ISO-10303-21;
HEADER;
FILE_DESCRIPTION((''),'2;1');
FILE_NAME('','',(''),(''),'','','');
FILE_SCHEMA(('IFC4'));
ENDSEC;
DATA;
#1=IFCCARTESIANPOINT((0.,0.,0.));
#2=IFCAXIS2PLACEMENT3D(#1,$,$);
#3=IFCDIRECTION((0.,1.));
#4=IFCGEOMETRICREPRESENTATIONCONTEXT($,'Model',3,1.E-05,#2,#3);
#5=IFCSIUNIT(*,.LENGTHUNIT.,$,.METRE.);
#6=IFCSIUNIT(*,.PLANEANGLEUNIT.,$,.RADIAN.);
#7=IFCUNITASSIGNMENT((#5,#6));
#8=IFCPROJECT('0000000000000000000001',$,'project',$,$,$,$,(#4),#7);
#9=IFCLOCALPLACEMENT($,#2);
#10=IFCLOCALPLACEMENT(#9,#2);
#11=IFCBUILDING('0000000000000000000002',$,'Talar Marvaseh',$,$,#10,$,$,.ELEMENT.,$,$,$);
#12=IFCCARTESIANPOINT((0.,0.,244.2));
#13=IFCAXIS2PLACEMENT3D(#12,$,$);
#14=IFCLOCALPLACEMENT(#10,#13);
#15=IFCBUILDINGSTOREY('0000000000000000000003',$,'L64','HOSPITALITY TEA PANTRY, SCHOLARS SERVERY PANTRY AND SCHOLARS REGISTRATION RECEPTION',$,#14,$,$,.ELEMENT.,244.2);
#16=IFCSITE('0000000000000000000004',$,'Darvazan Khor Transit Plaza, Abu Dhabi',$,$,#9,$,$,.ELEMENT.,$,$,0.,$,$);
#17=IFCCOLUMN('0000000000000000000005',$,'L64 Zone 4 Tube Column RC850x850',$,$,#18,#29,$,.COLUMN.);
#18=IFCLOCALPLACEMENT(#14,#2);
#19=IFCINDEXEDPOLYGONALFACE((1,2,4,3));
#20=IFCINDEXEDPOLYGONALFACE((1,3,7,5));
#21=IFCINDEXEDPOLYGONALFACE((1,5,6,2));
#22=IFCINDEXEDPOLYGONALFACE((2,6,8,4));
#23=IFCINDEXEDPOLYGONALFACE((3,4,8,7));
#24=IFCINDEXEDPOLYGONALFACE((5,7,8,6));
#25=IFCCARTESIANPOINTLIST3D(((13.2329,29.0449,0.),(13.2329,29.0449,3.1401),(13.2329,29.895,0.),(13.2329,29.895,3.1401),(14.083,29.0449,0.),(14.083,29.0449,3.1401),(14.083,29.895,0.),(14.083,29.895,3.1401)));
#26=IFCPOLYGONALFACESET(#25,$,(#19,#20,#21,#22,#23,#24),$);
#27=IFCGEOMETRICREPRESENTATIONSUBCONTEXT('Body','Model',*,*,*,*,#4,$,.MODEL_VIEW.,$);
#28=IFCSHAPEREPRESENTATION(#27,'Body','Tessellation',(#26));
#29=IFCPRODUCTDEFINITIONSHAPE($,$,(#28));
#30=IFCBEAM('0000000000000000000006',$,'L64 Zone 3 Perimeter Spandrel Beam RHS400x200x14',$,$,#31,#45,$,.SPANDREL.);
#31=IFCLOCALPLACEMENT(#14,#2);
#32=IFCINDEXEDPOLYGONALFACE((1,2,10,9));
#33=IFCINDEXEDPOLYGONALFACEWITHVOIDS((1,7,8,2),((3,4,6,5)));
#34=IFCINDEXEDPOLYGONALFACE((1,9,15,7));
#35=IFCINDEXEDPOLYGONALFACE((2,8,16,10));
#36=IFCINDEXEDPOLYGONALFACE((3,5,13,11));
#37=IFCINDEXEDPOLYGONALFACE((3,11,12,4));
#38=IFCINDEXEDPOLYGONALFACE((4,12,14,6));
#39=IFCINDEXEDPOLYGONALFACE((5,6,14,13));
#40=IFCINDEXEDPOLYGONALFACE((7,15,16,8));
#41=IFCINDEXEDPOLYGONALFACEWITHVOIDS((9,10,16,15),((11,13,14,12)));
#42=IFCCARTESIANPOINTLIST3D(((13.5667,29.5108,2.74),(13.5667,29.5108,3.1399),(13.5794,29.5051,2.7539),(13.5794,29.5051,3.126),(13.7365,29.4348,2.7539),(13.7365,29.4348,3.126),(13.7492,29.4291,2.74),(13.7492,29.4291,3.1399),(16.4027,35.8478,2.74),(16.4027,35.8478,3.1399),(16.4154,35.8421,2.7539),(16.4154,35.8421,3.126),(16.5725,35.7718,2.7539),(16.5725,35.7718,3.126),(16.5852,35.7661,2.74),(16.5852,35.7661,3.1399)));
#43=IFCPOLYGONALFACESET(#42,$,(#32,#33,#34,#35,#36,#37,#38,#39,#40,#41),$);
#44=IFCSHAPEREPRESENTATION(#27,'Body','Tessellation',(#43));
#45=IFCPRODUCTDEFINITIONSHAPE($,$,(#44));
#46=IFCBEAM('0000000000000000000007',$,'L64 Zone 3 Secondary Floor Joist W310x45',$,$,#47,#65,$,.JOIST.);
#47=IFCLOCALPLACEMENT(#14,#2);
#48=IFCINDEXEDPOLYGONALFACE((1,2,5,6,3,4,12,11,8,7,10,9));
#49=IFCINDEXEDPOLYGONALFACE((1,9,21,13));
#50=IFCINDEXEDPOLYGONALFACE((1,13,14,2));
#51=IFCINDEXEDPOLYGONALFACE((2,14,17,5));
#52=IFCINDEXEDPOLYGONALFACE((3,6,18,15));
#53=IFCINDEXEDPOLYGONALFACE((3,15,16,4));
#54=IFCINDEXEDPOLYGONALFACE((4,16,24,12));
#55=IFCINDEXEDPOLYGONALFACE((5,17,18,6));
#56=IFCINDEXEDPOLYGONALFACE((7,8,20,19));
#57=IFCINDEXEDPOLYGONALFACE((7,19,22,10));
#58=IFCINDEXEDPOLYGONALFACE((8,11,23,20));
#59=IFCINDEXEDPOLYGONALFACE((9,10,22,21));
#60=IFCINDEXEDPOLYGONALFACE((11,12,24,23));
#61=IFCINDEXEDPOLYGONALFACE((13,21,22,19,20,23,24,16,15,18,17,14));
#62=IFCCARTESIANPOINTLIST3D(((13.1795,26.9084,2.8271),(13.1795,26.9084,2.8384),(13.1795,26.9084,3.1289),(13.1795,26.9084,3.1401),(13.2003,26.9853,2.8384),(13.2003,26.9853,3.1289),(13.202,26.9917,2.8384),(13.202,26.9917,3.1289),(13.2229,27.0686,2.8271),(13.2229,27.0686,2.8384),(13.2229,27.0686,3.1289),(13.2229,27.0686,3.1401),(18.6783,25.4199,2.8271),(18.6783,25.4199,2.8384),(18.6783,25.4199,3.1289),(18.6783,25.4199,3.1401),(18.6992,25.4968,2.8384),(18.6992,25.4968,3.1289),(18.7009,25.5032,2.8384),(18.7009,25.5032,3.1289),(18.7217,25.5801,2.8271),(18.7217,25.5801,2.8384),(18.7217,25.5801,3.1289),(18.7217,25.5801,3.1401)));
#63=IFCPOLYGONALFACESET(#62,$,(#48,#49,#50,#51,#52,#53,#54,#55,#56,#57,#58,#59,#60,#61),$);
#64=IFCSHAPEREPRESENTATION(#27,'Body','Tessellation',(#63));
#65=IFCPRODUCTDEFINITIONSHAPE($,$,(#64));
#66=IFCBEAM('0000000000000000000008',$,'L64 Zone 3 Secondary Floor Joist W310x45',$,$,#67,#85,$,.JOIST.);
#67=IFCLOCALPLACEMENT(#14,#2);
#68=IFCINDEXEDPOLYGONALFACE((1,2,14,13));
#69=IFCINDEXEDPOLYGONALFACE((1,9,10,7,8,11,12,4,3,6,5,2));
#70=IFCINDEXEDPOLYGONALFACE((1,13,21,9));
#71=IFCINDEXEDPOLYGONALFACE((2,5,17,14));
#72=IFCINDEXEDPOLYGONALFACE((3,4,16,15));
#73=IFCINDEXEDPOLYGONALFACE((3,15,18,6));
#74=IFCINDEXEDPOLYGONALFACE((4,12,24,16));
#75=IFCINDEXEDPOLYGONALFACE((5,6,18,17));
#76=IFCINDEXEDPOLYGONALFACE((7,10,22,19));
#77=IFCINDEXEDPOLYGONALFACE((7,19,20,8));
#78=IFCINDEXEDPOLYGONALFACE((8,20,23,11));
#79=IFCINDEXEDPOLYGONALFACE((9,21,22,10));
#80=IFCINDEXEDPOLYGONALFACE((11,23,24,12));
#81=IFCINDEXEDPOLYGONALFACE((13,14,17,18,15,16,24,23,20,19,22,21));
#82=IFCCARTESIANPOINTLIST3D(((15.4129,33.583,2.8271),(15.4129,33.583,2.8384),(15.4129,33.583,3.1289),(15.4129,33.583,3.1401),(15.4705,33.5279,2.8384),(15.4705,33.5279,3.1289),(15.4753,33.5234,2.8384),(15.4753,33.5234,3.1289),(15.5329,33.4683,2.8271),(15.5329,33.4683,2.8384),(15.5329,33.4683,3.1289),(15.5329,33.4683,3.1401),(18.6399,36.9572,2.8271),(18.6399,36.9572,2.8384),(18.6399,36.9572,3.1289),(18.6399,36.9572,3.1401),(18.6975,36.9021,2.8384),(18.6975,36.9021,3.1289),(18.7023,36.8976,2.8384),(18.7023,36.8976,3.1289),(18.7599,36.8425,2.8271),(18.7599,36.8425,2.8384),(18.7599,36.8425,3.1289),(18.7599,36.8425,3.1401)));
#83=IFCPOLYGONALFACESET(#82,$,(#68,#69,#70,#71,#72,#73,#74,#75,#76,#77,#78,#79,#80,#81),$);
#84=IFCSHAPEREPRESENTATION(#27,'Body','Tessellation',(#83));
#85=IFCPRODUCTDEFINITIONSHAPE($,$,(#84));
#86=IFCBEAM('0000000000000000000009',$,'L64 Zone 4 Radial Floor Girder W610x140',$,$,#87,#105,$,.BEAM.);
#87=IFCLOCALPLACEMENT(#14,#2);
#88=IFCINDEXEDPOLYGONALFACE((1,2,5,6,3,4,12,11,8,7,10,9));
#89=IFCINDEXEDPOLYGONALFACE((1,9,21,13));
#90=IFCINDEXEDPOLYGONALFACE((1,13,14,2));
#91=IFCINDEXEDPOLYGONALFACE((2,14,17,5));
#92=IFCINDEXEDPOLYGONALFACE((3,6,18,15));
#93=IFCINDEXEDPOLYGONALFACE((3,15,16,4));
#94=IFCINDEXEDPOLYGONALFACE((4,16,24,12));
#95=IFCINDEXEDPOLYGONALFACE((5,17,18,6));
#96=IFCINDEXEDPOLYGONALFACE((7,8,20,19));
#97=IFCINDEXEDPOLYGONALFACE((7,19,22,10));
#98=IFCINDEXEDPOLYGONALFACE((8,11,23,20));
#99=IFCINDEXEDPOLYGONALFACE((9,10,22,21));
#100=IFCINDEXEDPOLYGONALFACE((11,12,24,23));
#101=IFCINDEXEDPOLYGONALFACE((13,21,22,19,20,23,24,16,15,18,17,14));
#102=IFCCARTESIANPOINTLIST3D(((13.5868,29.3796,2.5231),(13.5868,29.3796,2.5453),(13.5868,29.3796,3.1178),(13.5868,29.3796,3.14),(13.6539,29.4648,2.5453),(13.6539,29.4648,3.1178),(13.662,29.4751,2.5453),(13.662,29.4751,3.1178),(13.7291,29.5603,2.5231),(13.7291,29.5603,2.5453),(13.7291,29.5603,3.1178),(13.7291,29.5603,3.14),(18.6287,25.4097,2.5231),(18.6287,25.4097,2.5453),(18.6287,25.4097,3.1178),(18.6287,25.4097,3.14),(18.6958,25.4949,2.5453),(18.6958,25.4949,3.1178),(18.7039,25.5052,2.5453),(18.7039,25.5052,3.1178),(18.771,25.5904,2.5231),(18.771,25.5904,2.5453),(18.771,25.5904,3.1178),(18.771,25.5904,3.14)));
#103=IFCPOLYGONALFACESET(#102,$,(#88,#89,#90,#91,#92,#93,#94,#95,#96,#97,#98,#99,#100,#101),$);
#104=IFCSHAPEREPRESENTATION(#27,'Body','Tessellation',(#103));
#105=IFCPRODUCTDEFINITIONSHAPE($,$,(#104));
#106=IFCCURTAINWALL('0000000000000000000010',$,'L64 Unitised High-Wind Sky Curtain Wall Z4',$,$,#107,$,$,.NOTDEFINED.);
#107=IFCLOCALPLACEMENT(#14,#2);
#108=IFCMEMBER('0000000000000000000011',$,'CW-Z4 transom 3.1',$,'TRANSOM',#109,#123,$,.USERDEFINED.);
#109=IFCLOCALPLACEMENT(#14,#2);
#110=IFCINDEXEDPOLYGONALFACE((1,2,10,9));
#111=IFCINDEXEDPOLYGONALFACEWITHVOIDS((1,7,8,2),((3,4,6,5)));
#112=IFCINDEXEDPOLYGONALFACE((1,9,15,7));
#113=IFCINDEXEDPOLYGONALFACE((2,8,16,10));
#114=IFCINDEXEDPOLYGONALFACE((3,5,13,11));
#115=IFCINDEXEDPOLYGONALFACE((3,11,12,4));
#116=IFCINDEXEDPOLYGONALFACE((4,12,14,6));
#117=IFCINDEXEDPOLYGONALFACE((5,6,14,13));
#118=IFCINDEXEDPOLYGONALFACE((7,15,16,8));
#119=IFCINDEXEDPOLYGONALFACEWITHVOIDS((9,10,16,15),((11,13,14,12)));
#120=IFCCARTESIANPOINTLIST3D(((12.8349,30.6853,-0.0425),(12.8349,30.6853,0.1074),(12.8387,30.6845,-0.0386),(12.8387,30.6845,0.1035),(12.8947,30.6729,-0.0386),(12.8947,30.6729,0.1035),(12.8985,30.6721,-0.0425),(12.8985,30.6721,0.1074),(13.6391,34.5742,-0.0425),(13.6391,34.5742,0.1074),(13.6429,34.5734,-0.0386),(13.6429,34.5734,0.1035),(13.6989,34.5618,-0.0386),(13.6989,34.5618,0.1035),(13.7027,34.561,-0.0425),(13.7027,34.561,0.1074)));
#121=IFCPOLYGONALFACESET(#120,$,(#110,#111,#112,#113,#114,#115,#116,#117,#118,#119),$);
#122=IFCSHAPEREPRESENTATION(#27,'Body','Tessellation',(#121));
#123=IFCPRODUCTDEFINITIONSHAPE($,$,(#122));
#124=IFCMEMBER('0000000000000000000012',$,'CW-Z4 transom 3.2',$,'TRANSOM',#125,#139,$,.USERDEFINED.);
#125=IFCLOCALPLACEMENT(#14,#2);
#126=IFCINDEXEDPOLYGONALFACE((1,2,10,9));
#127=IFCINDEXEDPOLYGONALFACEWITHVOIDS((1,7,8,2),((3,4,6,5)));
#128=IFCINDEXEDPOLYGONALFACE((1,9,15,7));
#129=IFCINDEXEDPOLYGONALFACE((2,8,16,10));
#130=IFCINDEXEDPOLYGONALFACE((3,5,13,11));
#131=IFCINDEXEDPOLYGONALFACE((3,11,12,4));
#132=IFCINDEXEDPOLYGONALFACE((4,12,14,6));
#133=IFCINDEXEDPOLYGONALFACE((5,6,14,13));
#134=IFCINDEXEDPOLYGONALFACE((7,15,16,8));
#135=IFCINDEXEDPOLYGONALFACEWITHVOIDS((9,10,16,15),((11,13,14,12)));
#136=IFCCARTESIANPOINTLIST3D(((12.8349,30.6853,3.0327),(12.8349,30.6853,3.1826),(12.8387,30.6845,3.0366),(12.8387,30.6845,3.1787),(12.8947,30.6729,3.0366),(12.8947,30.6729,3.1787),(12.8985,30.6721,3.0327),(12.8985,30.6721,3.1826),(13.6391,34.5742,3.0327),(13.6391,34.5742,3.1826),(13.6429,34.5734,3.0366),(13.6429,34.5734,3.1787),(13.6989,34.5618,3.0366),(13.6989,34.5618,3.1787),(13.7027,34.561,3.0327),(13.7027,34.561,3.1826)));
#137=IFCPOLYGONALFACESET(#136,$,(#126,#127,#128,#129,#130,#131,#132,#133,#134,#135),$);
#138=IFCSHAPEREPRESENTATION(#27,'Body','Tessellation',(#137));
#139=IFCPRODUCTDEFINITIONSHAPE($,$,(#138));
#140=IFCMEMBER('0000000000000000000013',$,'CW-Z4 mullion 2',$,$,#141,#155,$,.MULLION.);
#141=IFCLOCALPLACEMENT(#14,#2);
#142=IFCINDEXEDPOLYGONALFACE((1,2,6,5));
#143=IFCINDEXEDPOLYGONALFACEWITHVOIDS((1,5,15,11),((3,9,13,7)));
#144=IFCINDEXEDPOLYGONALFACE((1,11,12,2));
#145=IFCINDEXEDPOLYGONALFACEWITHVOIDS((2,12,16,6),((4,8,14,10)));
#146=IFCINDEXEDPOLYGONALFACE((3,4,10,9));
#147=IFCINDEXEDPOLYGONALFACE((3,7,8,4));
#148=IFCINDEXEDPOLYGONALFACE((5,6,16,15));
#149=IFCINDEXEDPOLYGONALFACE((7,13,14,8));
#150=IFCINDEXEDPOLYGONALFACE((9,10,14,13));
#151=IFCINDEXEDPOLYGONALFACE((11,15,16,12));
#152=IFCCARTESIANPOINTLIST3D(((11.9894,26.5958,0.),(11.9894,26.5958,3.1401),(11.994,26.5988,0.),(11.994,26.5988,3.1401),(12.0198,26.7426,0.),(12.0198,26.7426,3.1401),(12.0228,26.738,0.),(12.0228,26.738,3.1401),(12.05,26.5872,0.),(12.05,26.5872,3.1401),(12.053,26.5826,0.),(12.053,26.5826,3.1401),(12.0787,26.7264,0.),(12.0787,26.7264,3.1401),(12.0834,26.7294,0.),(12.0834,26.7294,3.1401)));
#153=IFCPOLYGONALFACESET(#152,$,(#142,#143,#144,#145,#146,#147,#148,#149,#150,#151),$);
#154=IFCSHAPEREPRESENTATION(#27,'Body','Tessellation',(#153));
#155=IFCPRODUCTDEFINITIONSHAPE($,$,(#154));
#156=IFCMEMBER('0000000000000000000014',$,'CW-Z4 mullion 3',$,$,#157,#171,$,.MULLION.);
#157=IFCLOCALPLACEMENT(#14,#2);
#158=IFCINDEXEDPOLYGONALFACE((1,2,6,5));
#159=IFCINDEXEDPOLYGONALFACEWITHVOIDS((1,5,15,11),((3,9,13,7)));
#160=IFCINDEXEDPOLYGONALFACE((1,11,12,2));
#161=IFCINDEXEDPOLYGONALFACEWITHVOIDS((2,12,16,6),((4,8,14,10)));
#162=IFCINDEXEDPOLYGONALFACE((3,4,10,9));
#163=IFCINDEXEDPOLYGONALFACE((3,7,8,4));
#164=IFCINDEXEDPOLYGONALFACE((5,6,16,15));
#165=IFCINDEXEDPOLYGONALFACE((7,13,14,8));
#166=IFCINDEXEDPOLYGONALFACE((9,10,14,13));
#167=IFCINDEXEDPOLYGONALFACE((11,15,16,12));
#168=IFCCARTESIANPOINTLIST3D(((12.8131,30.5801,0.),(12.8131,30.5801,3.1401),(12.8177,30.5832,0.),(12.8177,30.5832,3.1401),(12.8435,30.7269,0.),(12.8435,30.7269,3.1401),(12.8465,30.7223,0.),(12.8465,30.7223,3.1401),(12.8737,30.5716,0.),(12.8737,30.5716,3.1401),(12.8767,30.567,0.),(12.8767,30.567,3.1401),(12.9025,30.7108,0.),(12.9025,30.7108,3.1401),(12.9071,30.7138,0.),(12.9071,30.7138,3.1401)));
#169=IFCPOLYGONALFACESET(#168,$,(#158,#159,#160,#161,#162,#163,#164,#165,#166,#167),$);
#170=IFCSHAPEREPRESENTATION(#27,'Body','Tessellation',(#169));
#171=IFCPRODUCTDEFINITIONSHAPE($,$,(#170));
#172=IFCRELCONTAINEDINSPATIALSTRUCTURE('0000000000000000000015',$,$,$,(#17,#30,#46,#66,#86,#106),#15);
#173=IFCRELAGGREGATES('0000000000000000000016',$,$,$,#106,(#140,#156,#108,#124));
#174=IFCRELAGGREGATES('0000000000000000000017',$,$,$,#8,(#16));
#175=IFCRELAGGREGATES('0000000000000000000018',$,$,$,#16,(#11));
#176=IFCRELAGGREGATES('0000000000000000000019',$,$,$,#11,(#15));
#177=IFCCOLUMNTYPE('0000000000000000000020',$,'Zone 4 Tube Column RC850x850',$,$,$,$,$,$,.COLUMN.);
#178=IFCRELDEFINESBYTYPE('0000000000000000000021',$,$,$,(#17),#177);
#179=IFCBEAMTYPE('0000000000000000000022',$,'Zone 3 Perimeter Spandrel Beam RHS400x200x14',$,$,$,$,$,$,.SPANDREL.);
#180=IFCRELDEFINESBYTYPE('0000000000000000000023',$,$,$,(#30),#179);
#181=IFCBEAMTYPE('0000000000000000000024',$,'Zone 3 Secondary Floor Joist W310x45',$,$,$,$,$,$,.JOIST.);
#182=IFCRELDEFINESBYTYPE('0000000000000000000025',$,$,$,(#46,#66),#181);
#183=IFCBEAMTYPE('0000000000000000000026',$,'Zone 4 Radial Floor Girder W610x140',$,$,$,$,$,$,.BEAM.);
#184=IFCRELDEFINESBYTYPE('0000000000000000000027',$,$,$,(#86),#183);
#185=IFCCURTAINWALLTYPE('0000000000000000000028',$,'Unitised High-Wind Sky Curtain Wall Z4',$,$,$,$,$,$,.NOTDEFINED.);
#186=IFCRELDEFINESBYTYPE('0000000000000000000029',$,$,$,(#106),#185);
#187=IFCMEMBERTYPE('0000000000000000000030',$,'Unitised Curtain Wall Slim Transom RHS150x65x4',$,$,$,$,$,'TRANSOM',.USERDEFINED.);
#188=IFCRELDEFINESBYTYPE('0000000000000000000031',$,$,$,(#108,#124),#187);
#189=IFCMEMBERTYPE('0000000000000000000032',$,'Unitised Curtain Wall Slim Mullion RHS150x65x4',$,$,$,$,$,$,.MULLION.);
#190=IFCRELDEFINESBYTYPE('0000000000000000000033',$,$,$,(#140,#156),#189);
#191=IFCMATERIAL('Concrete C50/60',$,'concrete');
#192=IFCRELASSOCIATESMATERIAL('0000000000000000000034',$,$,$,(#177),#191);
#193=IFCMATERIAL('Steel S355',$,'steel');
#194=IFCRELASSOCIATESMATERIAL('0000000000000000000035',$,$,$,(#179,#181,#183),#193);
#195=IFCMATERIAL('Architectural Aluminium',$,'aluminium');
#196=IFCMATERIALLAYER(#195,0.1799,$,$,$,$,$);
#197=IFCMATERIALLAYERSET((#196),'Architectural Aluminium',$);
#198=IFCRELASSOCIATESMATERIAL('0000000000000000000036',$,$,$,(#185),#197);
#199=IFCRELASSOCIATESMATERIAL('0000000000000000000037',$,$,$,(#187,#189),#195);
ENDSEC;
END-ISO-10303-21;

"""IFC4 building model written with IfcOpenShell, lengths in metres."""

from ifc_helpers import new_model, si_unit, direction, frame, origin, origin_2d, place, context, subcontext, project, spatial, rectangle, hollow_rectangle, i_section, extrude, source, transform, mapped, material, layer, layer_set, material_profile, profile_set, type_object, type_shapes, element, aggregate, save


model = new_model("IFC4")

# Units and contexts
model_context = context("Model", 3, precision=1e-05, world=origin(), true_north=direction((0.0, 1.0)))
body_context = subcontext(model_context, "Body", "Model", "MODEL_VIEW")
ifc_project = project(units=[si_unit("LENGTHUNIT", "METRE"), si_unit("PLANEANGLEUNIT", "RADIAN")], contexts=[model_context])

# Site, building, storey
site_placement = place(None, origin())
site = spatial("IfcSite", under=ifc_project, at=site_placement, Name="Darvazan Khor Transit Plaza, Abu Dhabi", CompositionType="ELEMENT", RefElevation=0.0)
building_placement = place(site_placement, origin())
building = spatial("IfcBuilding", under=site, at=building_placement, Name="Talar Marvaseh", CompositionType="ELEMENT")
storey_placement = place(building_placement, frame((0.0, 0.0, 244.2)))
storey = spatial("IfcBuildingStorey", under=building, at=storey_placement, Name="L64", Description="HOSPITALITY TEA PANTRY, SCHOLARS SERVERY PANTRY AND SCHOLARS REGISTRATION RECEPTION", CompositionType="ELEMENT", Elevation=244.2)

# Column
ifc_material_1 = material(Name="Concrete C50/60", Category="concrete")
ifc_material_profile_1 = material_profile(ifc_material_1, rectangle(XDim=0.8501, YDim=0.8501, at=origin_2d()), Name="RC850x850")
ifc_profile_set_1 = profile_set([ifc_material_profile_1], Name="Concrete C50/60")
column_type = type_object("IfcColumnType", Name="Zone 4 Tube Column RC850x850", PredefinedType="COLUMN", material=ifc_profile_set_1)
column_placement = place(storey_placement, frame((13.658, 29.47, 0.0), z_axis=(0.0, 0.0, 1.0), x_axis=(1.0, 0.0, 0.0)))
element("IfcColumn", 1, at=column_placement, inside=storey, type_object=column_type, Name="L64 Zone 4 Tube Column RC850x850", PredefinedType="COLUMN", context=body_context, shape_type="SweptSolid", body=[
    extrude(rectangle(XDim=0.8501, YDim=0.8501, at=origin_2d()), origin(), (0.0, 0.0, 1.0), 3.1401),
])

# Beams
ifc_material_2 = material(Name="Steel S355", Category="steel")
ifc_material_profile_2 = material_profile(ifc_material_2, hollow_rectangle(XDim=0.2, YDim=0.3999, WallThickness=0.0139, at=origin_2d()), Name="RHS400x200x14")
ifc_profile_set_2 = profile_set([ifc_material_profile_2], Name="Steel S355")
beam_type_1 = type_object("IfcBeamType", Name="Zone 3 Perimeter Spandrel Beam RHS400x200x14", PredefinedType="SPANDREL", material=ifc_profile_set_2)
beam_1_placement = place(storey_placement, frame((13.658, 29.47, 2.9399), z_axis=(0.408486, 0.912764, 0.0), x_axis=(-0.912764, 0.408486, 0.0)))
element("IfcBeam", 2, at=beam_1_placement, inside=storey, type_object=beam_type_1, Name="L64 Zone 3 Perimeter Spandrel Beam RHS400x200x14", PredefinedType="SPANDREL", context=body_context, shape_type="SweptSolid", body=[
    extrude(hollow_rectangle(XDim=0.2, YDim=0.3999, WallThickness=0.0139, at=origin_2d()), origin(), (0.0, 0.0, 1.0), 6.9426),
])
ifc_material_profile_3 = material_profile(ifc_material_2, i_section(OverallWidth=0.166, OverallDepth=0.313, WebThickness=0.0066, FlangeThickness=0.0112, at=origin_2d()), Name="W310x45")
ifc_profile_set_3 = profile_set([ifc_material_profile_3], Name="Steel S355")
beam_type_2 = type_object("IfcBeamType", Name="Zone 3 Secondary Floor Joist W310x45", PredefinedType="JOIST", material=ifc_profile_set_3)
beam_2_placement = place(storey_placement, frame((13.2012, 26.9885, 2.9836), z_axis=(0.965259, -0.261297, 0.0), x_axis=(0.261297, 0.965259, 0.0)))
element("IfcBeam", 3, at=beam_2_placement, inside=storey, type_object=beam_type_2, Name="L64 Zone 3 Secondary Floor Joist W310x45", PredefinedType="JOIST", context=body_context, shape_type="SweptSolid", body=[
    extrude(i_section(OverallWidth=0.166, OverallDepth=0.313, WebThickness=0.0066, FlangeThickness=0.0112, at=origin_2d()), origin(), (0.0, 0.0, 1.0), 5.6968),
])
beam_3_placement = place(storey_placement, frame((15.4729, 33.5256, 2.9836), z_axis=(0.691166, 0.722696, 0.0), x_axis=(-0.722696, 0.691166, 0.0)))
element("IfcBeam", 4, at=beam_3_placement, inside=storey, type_object=beam_type_2, Name="L64 Zone 3 Secondary Floor Joist W310x45", PredefinedType="JOIST", context=body_context, shape_type="SweptSolid", body=[
    extrude(i_section(OverallWidth=0.166, OverallDepth=0.313, WebThickness=0.0066, FlangeThickness=0.0112, at=origin_2d()), origin(), (0.0, 0.0, 1.0), 4.6689),
])
ifc_material_profile_4 = material_profile(ifc_material_2, i_section(OverallWidth=0.23, OverallDepth=0.6169, WebThickness=0.0132, FlangeThickness=0.0222, at=origin_2d()), Name="W610x140")
ifc_profile_set_4 = profile_set([ifc_material_profile_4], Name="Steel S355")
beam_type_3 = type_object("IfcBeamType", Name="Zone 4 Radial Floor Girder W610x140", PredefinedType="BEAM", material=ifc_profile_set_4)
beam_4_placement = place(storey_placement, frame((13.658, 29.47, 2.8315), z_axis=(0.785682, -0.618631, 0.0), x_axis=(0.618631, 0.785682, 0.0)))
element("IfcBeam", 5, at=beam_4_placement, inside=storey, type_object=beam_type_3, Name="L64 Zone 4 Radial Floor Girder W610x140", PredefinedType="BEAM", context=body_context, shape_type="SweptSolid", body=[
    extrude(i_section(OverallWidth=0.23, OverallDepth=0.6169, WebThickness=0.0132, FlangeThickness=0.0222, at=origin_2d()), origin(), (0.0, 0.0, 1.0), 6.4172),
])

# Curtain wall, members
ifc_material_3 = material(Name="Architectural Aluminium", Category="aluminium")
ifc_layer_1 = layer(ifc_material_3, 0.1799)
ifc_layer_set_1 = layer_set([ifc_layer_1], Name="Architectural Aluminium")
curtain_wall_type = type_object("IfcCurtainWallType", Name="Unitised High-Wind Sky Curtain Wall Z4", PredefinedType="NOTDEFINED", material=ifc_layer_set_1)
curtain_wall_placement = place(storey_placement, origin())
curtain_wall = element("IfcCurtainWall", 6, at=curtain_wall_placement, inside=storey, type_object=curtain_wall_type, Name="L64 Unitised High-Wind Sky Curtain Wall Z4", PredefinedType="NOTDEFINED")
ifc_material_profile_5 = material_profile(ifc_material_3, hollow_rectangle(XDim=0.0649, YDim=0.1499, WallThickness=0.0039, at=origin_2d()), Name="RHS150x65x4")
ifc_profile_set_5 = profile_set([ifc_material_profile_5], Name="Architectural Aluminium")
member_type_1 = type_object("IfcMemberType", Name="Unitised Curtain Wall Slim Transom RHS150x65x4", ElementType="TRANSOM", PredefinedType="USERDEFINED", material=ifc_profile_set_5)
shared_shape_1 = source(origin(), body_context, "Body", "SweptSolid", [
    extrude(hollow_rectangle(XDim=0.0649, YDim=0.1499, WallThickness=0.0039, at=origin_2d()), origin(), (0.0, 0.0, 1.0), 3.9712),
])
member_1_placement = place(storey_placement, frame((12.8667, 30.6787, 0.0325), z_axis=(0.202508, 0.979281, 0.0), x_axis=(-0.979281, 0.202508, 0.0)))
member_1 = element("IfcMember", 7, at=member_1_placement, type_object=member_type_1, Name="CW-Z4 transom 3.1", ObjectType="TRANSOM", PredefinedType="USERDEFINED", context=body_context, shape_type="MappedRepresentation", body=[
    mapped(shared_shape_1, transform((0.0, 0.0, 0.0), x_axis=(1.0, 0.0, 0.0), y_axis=(0.0, 1.0, 0.0), z_axis=(0.0, 0.0, 1.0), scale=1.0)),
])
member_2_placement = place(storey_placement, frame((12.8667, 30.6787, 3.1077), z_axis=(0.202508, 0.979281, 0.0), x_axis=(-0.979281, 0.202508, 0.0)))
member_2 = element("IfcMember", 8, at=member_2_placement, type_object=member_type_1, Name="CW-Z4 transom 3.2", ObjectType="TRANSOM", PredefinedType="USERDEFINED", context=body_context, shape_type="MappedRepresentation", body=[
    mapped(shared_shape_1, transform((0.0, 0.0, 0.0), x_axis=(1.0, 0.0, 0.0), y_axis=(0.0, 1.0, 0.0), z_axis=(0.0, 0.0, 1.0), scale=1.0)),
])
ifc_material_profile_6 = material_profile(ifc_material_3, hollow_rectangle(XDim=0.0649, YDim=0.1499, WallThickness=0.0039, at=origin_2d()), Name="RHS150x65x4")
ifc_profile_set_6 = profile_set([ifc_material_profile_6], Name="Architectural Aluminium")
member_type_2 = type_object("IfcMemberType", Name="Unitised Curtain Wall Slim Mullion RHS150x65x4", PredefinedType="MULLION", material=ifc_profile_set_6)
shared_shape_2 = source(origin(), body_context, "Body", "SweptSolid", [
    extrude(hollow_rectangle(XDim=0.0649, YDim=0.1499, WallThickness=0.0039, at=origin_2d()), origin(), (0.0, 0.0, 1.0), 3.1401),
])
type_shapes(member_type_2, [shared_shape_2])
member_3_placement = place(storey_placement, frame((12.0364, 26.6626, 0.0), z_axis=(0.0, 0.0, 1.0), x_axis=(-0.979286, 0.202482, 0.0)))
member_3 = element("IfcMember", 9, at=member_3_placement, type_object=member_type_2, Name="CW-Z4 mullion 2", PredefinedType="MULLION", context=body_context, shape_type="MappedRepresentation", body=[
    mapped(shared_shape_2, transform((0.0, 0.0, 0.0), x_axis=(1.0, 0.0, 0.0), y_axis=(0.0, 1.0, 0.0), z_axis=(0.0, 0.0, 1.0), scale=1.0)),
])
member_4_placement = place(storey_placement, frame((12.8601, 30.647, 0.0), z_axis=(0.0, 0.0, 1.0), x_axis=(-0.979286, 0.202482, 0.0)))
member_4 = element("IfcMember", 10, at=member_4_placement, type_object=member_type_2, Name="CW-Z4 mullion 3", PredefinedType="MULLION", context=body_context, shape_type="MappedRepresentation", body=[
    mapped(shared_shape_2, transform((0.0, 0.0, 0.0), x_axis=(1.0, 0.0, 0.0), y_axis=(0.0, 1.0, 0.0), z_axis=(0.0, 0.0, 1.0), scale=1.0)),
])
aggregate(curtain_wall, [member_3, member_4, member_1, member_2])

save(model, "model.ifc")
